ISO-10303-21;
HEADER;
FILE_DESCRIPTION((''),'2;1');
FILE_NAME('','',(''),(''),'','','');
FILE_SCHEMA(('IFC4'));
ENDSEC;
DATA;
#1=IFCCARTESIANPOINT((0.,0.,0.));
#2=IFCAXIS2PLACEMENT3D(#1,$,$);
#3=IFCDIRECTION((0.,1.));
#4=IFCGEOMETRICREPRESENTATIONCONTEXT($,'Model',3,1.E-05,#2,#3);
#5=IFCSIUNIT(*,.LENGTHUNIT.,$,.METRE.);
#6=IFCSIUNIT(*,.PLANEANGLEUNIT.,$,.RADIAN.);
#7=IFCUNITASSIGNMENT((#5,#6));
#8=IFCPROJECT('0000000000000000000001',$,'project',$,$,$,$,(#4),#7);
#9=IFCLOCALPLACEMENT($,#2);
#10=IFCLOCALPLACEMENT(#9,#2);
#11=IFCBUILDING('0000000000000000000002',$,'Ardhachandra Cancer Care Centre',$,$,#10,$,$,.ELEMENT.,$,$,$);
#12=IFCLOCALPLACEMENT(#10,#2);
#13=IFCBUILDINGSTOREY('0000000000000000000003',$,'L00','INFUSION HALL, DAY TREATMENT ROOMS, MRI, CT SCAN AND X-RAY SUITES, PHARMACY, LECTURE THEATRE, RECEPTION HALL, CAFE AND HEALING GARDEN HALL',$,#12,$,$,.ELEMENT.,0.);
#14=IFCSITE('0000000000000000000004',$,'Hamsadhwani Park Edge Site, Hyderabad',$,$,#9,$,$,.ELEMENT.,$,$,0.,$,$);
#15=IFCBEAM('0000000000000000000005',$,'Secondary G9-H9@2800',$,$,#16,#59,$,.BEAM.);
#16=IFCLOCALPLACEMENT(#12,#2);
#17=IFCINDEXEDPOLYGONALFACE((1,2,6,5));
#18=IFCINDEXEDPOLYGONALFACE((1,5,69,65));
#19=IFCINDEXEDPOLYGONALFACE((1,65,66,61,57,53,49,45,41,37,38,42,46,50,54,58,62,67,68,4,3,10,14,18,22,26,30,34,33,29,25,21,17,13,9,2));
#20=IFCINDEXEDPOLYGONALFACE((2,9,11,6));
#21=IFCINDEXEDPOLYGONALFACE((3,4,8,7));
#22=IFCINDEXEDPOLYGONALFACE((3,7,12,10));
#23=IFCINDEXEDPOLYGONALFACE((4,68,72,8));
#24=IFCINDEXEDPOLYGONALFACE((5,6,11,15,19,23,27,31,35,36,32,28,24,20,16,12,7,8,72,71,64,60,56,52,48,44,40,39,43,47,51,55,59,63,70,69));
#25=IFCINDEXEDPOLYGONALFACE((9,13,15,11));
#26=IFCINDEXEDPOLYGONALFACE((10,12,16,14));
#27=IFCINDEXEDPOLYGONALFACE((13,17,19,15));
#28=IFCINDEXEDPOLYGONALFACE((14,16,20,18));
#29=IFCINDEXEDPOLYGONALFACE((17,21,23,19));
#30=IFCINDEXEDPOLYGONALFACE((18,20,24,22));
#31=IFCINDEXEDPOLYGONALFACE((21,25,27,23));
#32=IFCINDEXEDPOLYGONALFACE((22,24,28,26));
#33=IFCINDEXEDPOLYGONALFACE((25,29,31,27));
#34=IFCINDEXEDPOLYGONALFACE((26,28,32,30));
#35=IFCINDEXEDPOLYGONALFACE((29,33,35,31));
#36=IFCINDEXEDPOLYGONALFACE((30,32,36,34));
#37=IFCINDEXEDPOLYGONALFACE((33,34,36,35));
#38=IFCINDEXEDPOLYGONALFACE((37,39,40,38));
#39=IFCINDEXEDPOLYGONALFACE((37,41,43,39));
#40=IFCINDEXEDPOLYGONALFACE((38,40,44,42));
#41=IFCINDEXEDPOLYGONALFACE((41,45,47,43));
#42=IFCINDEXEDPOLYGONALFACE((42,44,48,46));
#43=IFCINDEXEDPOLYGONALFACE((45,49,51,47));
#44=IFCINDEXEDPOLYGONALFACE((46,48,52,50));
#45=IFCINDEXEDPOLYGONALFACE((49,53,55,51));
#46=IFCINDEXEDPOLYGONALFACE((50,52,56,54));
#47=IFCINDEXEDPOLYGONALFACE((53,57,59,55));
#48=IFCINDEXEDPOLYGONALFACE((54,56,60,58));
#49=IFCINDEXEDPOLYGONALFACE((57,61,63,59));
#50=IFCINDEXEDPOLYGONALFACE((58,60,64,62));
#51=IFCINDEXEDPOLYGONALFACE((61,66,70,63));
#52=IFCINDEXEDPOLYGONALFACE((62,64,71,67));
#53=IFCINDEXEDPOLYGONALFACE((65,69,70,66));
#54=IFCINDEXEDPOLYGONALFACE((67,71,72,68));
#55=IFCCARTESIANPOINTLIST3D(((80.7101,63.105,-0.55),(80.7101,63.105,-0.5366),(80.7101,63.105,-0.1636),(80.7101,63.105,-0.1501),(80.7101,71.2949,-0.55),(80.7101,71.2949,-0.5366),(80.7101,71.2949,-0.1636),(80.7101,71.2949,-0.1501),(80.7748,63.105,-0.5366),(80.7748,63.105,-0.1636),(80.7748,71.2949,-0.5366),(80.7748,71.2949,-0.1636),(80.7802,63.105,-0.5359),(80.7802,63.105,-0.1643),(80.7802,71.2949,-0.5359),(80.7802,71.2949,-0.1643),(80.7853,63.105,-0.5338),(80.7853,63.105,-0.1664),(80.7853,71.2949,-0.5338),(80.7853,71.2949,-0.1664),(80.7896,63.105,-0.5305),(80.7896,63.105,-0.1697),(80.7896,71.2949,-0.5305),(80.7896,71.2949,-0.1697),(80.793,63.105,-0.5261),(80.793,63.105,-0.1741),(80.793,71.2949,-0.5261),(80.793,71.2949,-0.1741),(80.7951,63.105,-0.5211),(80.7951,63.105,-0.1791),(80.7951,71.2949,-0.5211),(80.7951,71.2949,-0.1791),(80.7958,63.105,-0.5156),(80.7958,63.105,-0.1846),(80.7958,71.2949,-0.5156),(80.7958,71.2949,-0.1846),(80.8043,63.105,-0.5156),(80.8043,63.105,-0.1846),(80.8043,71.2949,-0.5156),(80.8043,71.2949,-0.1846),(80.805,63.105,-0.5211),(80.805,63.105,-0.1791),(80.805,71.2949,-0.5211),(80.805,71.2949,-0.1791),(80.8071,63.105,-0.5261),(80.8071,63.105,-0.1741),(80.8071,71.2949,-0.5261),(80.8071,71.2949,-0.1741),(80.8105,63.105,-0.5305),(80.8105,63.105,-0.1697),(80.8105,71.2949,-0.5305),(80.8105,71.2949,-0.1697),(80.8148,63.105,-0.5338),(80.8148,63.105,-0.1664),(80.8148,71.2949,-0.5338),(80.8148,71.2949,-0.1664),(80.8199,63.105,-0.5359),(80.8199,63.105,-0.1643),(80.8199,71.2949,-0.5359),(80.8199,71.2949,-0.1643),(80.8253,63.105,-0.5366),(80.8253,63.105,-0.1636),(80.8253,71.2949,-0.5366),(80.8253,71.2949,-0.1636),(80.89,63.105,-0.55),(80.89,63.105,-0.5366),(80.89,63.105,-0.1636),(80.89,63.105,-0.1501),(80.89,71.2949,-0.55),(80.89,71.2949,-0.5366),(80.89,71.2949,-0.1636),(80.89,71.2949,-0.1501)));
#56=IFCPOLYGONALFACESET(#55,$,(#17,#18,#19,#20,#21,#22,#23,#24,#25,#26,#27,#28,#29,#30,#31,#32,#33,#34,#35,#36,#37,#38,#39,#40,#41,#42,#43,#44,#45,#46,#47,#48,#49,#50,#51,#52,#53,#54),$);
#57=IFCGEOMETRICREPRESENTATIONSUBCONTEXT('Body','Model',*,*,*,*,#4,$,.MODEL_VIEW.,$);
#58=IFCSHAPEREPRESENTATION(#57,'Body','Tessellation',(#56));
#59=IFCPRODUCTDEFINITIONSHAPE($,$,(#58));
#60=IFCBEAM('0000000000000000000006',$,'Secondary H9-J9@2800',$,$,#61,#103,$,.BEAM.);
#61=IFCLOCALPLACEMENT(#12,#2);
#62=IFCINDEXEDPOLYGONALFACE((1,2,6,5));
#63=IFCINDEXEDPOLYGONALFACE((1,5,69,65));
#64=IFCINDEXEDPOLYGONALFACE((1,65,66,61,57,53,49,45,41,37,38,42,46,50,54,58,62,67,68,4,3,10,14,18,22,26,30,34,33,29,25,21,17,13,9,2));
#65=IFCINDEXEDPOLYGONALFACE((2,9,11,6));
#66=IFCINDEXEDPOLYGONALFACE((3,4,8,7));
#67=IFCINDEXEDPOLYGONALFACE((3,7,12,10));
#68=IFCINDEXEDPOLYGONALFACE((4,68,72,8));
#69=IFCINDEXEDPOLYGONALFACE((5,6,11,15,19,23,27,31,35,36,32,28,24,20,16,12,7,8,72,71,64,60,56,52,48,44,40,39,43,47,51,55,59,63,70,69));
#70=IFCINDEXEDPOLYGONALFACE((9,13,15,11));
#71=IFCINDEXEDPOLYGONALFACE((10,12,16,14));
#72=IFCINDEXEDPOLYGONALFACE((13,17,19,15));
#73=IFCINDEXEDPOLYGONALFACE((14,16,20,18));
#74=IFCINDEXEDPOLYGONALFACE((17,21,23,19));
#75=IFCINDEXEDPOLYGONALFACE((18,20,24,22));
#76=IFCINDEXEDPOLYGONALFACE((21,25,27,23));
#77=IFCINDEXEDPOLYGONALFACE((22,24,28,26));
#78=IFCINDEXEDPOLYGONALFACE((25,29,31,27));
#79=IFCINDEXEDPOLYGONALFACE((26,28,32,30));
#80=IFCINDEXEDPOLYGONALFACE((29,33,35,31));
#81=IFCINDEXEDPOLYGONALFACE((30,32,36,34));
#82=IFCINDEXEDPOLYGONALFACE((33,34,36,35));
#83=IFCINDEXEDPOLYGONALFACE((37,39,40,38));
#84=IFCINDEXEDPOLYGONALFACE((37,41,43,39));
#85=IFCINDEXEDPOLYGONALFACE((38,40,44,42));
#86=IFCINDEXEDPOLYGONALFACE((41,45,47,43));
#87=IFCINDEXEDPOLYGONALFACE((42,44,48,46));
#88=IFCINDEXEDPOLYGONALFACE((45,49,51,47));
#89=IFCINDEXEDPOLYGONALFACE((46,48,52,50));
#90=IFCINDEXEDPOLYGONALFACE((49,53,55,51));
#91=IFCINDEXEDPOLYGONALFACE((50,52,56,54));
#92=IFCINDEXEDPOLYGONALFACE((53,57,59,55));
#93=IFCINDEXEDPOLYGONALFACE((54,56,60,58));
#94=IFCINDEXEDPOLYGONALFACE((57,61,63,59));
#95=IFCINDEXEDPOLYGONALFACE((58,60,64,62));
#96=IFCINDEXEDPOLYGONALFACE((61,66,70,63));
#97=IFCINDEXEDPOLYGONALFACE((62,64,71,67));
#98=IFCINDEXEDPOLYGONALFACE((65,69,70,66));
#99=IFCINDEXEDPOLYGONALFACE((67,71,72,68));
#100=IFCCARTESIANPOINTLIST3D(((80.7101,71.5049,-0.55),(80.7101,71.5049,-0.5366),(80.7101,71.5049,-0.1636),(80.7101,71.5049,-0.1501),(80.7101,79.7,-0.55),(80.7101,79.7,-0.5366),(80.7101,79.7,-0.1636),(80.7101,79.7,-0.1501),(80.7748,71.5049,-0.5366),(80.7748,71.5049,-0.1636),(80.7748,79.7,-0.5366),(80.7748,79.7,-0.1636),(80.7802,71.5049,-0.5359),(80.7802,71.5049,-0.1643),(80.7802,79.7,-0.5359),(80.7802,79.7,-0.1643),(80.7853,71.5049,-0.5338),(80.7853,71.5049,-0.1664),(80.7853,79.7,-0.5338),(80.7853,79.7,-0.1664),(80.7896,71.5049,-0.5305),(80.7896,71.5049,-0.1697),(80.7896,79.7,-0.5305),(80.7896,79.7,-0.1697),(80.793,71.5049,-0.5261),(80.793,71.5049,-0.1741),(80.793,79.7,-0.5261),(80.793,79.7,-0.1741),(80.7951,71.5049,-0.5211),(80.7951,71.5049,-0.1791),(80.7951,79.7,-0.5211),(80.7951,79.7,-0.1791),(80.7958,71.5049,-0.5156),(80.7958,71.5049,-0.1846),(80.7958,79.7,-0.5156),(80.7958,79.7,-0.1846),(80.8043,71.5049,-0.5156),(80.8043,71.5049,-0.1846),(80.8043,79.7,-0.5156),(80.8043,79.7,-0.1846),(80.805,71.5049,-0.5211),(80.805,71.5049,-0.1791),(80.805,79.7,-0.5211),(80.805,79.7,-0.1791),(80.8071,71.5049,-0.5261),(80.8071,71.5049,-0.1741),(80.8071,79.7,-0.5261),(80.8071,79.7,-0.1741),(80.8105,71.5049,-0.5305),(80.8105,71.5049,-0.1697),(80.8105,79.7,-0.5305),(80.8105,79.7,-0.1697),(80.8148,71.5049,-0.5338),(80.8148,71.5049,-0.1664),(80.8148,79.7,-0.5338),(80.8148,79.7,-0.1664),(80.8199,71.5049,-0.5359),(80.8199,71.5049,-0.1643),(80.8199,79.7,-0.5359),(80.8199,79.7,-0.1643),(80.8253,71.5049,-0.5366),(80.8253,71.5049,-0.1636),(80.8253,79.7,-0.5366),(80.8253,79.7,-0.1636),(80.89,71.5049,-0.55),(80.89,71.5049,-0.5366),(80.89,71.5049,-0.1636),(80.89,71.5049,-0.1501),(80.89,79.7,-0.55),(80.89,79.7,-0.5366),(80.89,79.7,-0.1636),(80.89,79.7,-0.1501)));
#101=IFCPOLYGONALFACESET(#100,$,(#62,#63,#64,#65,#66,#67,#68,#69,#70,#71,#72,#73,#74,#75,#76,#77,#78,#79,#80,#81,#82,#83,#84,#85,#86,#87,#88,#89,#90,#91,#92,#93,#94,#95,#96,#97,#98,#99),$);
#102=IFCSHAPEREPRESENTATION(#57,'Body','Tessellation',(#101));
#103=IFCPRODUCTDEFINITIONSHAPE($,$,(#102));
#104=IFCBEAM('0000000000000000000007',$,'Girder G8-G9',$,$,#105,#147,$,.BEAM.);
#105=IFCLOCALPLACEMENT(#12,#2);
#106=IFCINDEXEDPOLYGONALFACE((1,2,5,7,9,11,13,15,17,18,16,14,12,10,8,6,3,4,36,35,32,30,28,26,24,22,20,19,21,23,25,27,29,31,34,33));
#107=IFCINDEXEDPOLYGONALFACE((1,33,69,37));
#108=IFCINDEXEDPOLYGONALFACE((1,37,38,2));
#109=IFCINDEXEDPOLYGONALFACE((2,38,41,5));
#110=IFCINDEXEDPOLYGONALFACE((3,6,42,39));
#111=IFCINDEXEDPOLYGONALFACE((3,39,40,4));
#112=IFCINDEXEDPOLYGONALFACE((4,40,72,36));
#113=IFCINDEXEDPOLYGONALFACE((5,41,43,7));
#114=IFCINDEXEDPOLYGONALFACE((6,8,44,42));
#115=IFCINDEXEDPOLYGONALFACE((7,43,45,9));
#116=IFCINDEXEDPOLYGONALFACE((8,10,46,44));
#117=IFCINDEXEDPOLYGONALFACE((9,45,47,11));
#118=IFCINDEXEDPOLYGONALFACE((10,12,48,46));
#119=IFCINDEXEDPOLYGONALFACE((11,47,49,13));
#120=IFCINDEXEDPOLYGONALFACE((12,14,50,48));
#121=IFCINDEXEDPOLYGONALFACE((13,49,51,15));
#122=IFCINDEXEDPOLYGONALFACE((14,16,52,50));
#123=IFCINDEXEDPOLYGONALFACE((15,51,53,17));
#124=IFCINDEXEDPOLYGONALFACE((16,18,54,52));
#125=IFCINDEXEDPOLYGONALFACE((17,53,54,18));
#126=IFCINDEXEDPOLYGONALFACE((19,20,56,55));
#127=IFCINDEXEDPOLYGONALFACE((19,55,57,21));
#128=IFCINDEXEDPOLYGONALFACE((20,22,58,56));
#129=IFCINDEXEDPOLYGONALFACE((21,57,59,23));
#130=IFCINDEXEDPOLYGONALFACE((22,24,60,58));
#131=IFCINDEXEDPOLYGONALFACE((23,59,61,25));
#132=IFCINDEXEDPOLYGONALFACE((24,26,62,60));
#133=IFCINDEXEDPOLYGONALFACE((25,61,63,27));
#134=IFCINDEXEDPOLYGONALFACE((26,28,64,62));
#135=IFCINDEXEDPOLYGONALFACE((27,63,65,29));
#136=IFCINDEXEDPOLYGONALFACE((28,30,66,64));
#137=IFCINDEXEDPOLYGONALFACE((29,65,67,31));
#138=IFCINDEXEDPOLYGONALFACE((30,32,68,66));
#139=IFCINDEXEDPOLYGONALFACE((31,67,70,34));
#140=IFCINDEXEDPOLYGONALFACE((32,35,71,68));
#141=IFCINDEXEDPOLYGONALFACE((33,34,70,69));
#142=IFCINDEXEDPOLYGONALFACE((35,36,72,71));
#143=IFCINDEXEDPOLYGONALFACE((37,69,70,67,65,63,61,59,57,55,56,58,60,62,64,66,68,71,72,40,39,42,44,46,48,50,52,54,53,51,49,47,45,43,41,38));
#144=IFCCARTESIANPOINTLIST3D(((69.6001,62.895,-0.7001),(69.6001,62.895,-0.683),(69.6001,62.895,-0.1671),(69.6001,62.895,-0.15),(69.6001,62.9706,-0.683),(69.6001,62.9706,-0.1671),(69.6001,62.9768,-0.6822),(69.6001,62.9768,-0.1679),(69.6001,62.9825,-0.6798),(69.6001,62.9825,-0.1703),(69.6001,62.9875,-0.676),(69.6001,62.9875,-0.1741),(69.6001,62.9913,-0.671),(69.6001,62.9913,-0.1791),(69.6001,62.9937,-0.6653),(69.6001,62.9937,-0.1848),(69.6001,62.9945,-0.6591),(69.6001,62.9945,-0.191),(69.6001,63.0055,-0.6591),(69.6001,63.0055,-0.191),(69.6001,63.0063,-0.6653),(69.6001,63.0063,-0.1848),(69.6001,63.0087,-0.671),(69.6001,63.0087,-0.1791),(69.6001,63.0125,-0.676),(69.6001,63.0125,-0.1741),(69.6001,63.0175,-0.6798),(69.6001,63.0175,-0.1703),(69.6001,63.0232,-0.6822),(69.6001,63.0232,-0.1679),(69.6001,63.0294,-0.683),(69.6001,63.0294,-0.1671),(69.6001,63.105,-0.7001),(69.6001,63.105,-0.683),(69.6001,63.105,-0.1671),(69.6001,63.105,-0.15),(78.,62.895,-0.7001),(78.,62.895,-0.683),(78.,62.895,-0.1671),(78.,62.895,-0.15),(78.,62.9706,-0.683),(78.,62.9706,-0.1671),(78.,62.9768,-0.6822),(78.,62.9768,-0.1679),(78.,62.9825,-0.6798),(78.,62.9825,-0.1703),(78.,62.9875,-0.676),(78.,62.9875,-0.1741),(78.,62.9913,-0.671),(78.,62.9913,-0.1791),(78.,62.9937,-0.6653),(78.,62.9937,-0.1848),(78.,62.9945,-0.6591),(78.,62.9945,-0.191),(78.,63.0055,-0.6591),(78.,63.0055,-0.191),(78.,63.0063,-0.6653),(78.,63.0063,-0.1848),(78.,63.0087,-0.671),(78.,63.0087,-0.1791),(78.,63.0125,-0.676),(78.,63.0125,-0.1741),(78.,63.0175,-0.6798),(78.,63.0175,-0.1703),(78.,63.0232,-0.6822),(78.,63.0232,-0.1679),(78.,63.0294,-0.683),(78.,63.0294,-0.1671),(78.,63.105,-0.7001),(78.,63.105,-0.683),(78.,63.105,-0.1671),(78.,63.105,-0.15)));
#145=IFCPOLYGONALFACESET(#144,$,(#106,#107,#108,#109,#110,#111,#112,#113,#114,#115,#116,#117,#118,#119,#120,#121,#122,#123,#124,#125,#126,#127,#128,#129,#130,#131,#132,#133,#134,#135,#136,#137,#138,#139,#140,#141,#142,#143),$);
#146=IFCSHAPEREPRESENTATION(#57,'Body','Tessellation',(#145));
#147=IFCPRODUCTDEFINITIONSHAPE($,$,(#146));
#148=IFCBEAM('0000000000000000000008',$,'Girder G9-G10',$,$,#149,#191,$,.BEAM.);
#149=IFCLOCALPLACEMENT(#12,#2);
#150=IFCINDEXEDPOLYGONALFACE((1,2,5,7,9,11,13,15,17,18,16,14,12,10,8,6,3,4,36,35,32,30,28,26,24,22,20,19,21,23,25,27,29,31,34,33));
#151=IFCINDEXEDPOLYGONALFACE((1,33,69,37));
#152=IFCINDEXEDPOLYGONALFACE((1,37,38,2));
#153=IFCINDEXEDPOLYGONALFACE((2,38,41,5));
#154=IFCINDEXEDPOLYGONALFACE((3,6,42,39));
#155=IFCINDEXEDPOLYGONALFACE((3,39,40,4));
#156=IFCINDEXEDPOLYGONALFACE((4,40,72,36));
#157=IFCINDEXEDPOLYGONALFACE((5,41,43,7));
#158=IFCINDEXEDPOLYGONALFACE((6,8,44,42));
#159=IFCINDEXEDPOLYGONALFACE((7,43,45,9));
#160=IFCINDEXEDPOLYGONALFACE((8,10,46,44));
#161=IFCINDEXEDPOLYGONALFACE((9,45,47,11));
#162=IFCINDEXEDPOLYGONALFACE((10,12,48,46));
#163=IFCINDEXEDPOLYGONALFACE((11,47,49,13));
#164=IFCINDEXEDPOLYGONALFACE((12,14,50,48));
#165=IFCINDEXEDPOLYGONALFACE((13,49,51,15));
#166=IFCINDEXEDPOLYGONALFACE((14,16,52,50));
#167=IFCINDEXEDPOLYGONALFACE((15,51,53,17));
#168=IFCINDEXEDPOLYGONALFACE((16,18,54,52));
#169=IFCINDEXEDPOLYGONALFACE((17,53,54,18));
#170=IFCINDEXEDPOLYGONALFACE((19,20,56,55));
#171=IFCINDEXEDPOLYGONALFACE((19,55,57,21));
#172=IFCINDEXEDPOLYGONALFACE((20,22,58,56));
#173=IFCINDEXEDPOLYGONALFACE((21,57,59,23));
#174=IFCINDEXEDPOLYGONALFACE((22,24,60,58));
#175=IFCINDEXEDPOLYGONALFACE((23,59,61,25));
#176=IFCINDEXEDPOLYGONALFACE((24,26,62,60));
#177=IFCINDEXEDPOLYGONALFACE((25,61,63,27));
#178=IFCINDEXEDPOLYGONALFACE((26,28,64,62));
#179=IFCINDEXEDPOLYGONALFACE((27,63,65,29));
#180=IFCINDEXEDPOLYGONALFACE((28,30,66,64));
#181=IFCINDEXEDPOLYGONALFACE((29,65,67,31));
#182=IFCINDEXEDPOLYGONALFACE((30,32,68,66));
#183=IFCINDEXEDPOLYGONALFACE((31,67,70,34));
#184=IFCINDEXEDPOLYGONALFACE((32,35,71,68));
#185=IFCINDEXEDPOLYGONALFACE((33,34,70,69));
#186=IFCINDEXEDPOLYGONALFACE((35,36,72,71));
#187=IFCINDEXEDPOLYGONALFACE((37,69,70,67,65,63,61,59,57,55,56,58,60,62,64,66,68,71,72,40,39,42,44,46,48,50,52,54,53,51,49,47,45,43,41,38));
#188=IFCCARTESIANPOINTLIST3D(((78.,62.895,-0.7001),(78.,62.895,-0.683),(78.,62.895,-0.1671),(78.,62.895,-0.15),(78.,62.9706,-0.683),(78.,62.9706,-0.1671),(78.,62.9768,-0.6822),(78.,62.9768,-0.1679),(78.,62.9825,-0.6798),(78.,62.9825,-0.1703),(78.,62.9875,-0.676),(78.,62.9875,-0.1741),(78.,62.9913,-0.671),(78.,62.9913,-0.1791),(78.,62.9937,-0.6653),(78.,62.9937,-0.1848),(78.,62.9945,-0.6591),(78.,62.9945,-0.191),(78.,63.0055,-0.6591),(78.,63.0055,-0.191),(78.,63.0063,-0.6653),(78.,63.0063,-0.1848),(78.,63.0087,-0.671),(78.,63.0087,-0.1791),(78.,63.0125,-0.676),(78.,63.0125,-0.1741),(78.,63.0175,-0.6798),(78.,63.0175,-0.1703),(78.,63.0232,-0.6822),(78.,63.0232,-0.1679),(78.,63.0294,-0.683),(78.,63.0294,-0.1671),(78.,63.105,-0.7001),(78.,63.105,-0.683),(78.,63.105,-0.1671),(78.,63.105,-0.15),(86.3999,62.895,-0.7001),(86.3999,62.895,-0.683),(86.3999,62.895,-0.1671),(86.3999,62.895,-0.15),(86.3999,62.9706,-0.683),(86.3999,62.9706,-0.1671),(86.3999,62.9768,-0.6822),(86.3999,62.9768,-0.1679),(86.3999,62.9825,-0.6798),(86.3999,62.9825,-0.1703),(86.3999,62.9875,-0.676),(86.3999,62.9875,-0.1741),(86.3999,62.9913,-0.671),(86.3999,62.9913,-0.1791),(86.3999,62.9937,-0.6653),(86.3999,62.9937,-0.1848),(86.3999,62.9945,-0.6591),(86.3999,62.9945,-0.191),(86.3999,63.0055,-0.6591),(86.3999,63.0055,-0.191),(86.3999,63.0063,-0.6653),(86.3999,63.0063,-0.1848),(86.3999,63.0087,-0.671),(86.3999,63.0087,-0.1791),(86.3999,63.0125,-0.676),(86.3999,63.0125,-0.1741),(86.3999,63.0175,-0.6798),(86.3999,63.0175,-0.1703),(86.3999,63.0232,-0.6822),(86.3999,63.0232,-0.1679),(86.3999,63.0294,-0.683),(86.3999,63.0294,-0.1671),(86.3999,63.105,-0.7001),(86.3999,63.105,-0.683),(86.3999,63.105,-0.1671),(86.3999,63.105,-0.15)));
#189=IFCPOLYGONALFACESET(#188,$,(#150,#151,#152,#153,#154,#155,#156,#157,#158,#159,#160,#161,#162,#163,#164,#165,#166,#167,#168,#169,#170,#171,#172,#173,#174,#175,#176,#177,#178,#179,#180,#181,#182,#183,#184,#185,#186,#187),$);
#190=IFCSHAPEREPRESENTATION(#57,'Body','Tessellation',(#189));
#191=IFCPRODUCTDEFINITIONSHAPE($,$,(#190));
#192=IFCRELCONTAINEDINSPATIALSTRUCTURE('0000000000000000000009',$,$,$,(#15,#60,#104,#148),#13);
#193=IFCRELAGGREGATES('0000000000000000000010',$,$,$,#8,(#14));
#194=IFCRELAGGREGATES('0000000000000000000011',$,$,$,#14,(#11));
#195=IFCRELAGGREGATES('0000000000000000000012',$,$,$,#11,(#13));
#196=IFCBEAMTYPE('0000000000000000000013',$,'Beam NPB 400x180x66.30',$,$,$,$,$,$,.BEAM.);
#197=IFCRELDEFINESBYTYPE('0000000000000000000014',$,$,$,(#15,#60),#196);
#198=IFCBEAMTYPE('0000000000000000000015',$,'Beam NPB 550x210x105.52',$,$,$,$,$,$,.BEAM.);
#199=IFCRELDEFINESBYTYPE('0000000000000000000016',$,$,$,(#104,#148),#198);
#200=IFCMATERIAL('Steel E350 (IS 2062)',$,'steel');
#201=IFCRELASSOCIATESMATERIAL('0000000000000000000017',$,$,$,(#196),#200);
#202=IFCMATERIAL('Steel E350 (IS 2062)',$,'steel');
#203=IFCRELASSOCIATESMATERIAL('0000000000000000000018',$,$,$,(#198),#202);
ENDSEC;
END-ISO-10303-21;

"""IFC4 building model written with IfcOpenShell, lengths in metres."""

from ifc_helpers import new_model, si_unit, direction, frame, origin, origin_2d, place, context, subcontext, project, spatial, i_section, extrude, material, material_profile, profile_set, type_object, element, save


model = new_model("IFC4")

# Units and contexts
model_context = context("Model", 3, precision=1e-05, world=origin(), true_north=direction((0.0, 1.0)))
body_context = subcontext(model_context, "Body", "Model", "MODEL_VIEW")
ifc_project = project(units=[si_unit("LENGTHUNIT", "METRE"), si_unit("PLANEANGLEUNIT", "RADIAN")], contexts=[model_context])

# Site, building, storey
site_placement = place(None, origin())
site = spatial("IfcSite", under=ifc_project, at=site_placement, Name="Hamsadhwani Park Edge Site, Hyderabad", CompositionType="ELEMENT", RefElevation=0.0)
building_placement = place(site_placement, origin())
building = spatial("IfcBuilding", under=site, at=building_placement, Name="Ardhachandra Cancer Care Centre", CompositionType="ELEMENT")
storey_placement = place(building_placement, origin())
storey = spatial("IfcBuildingStorey", under=building, at=storey_placement, Name="L00", Description="INFUSION HALL, DAY TREATMENT ROOMS, MRI, CT SCAN AND X-RAY SUITES, PHARMACY, LECTURE THEATRE, RECEPTION HALL, CAFE AND HEALING GARDEN HALL", CompositionType="ELEMENT", Elevation=0.0)

# Beams
ifc_material_1 = material(Name="Steel E350 (IS 2062)", Category="steel")
ifc_material_profile_1 = material_profile(ifc_material_1, i_section(OverallWidth=0.1799, OverallDepth=0.3999, WebThickness=0.0085, FlangeThickness=0.0134, FilletRadius=0.021, at=origin_2d()), Name="NPB 400x180x66.30")
ifc_profile_set_1 = profile_set([ifc_material_profile_1], Name="Steel E350 (IS 2062)")
beam_type_1 = type_object("IfcBeamType", Name="Beam NPB 400x180x66.30", PredefinedType="BEAM", material=ifc_profile_set_1)
beam_1_placement = place(storey_placement, frame((80.8, 63.105, -0.3501), z_axis=(0.0, 1.0, 0.0), x_axis=(-1.0, 0.0, 0.0)))
element("IfcBeam", 1, at=beam_1_placement, inside=storey, type_object=beam_type_1, Name="Secondary G9-H9@2800", PredefinedType="BEAM", context=body_context, shape_type="SweptSolid", body=[
    extrude(i_section(OverallWidth=0.1799, OverallDepth=0.3999, WebThickness=0.0085, FlangeThickness=0.0134, FilletRadius=0.021, at=origin_2d()), origin(), (0.0, 0.0, 1.0), 8.1899),
])
beam_2_placement = place(storey_placement, frame((80.8, 71.5049, -0.3501), z_axis=(0.0, 1.0, 0.0), x_axis=(-1.0, 0.0, 0.0)))
element("IfcBeam", 2, at=beam_2_placement, inside=storey, type_object=beam_type_1, Name="Secondary H9-J9@2800", PredefinedType="BEAM", context=body_context, shape_type="SweptSolid", body=[
    extrude(i_section(OverallWidth=0.1799, OverallDepth=0.3999, WebThickness=0.0085, FlangeThickness=0.0134, FilletRadius=0.021, at=origin_2d()), origin(), (0.0, 0.0, 1.0), 8.1951),
])
ifc_material_2 = material(Name="Steel E350 (IS 2062)", Category="steel")
ifc_material_profile_2 = material_profile(ifc_material_2, i_section(OverallWidth=0.21, OverallDepth=0.55, WebThickness=0.011, FlangeThickness=0.0171, FilletRadius=0.0239, at=origin_2d()), Name="NPB 550x210x105.52")
ifc_profile_set_2 = profile_set([ifc_material_profile_2], Name="Steel E350 (IS 2062)")
beam_type_2 = type_object("IfcBeamType", Name="Beam NPB 550x210x105.52", PredefinedType="BEAM", material=ifc_profile_set_2)
for number, where, z_axis, x_axis, name in (
    (3, (69.6001, 63.0, -0.425), (1.0, 0.0, 0.0), (0.0, 1.0, 0.0), "Girder G8-G9"),
    (4, (78.0, 63.0, -0.425), (1.0, 0.0, 0.0), (0.0, 1.0, 0.0), "Girder G9-G10"),
):
    element("IfcBeam", number, at=place(storey_placement, frame(where, z_axis=z_axis, x_axis=x_axis)), inside=storey, type_object=beam_type_2, Name=name, PredefinedType="BEAM", context=body_context, shape_type="SweptSolid", body=[
        extrude(i_section(OverallWidth=0.21, OverallDepth=0.55, WebThickness=0.011, FlangeThickness=0.0171, FilletRadius=0.0239, at=origin_2d()), origin(), (0.0, 0.0, 1.0), 8.3999),
    ])

save(model, "model.ifc")
